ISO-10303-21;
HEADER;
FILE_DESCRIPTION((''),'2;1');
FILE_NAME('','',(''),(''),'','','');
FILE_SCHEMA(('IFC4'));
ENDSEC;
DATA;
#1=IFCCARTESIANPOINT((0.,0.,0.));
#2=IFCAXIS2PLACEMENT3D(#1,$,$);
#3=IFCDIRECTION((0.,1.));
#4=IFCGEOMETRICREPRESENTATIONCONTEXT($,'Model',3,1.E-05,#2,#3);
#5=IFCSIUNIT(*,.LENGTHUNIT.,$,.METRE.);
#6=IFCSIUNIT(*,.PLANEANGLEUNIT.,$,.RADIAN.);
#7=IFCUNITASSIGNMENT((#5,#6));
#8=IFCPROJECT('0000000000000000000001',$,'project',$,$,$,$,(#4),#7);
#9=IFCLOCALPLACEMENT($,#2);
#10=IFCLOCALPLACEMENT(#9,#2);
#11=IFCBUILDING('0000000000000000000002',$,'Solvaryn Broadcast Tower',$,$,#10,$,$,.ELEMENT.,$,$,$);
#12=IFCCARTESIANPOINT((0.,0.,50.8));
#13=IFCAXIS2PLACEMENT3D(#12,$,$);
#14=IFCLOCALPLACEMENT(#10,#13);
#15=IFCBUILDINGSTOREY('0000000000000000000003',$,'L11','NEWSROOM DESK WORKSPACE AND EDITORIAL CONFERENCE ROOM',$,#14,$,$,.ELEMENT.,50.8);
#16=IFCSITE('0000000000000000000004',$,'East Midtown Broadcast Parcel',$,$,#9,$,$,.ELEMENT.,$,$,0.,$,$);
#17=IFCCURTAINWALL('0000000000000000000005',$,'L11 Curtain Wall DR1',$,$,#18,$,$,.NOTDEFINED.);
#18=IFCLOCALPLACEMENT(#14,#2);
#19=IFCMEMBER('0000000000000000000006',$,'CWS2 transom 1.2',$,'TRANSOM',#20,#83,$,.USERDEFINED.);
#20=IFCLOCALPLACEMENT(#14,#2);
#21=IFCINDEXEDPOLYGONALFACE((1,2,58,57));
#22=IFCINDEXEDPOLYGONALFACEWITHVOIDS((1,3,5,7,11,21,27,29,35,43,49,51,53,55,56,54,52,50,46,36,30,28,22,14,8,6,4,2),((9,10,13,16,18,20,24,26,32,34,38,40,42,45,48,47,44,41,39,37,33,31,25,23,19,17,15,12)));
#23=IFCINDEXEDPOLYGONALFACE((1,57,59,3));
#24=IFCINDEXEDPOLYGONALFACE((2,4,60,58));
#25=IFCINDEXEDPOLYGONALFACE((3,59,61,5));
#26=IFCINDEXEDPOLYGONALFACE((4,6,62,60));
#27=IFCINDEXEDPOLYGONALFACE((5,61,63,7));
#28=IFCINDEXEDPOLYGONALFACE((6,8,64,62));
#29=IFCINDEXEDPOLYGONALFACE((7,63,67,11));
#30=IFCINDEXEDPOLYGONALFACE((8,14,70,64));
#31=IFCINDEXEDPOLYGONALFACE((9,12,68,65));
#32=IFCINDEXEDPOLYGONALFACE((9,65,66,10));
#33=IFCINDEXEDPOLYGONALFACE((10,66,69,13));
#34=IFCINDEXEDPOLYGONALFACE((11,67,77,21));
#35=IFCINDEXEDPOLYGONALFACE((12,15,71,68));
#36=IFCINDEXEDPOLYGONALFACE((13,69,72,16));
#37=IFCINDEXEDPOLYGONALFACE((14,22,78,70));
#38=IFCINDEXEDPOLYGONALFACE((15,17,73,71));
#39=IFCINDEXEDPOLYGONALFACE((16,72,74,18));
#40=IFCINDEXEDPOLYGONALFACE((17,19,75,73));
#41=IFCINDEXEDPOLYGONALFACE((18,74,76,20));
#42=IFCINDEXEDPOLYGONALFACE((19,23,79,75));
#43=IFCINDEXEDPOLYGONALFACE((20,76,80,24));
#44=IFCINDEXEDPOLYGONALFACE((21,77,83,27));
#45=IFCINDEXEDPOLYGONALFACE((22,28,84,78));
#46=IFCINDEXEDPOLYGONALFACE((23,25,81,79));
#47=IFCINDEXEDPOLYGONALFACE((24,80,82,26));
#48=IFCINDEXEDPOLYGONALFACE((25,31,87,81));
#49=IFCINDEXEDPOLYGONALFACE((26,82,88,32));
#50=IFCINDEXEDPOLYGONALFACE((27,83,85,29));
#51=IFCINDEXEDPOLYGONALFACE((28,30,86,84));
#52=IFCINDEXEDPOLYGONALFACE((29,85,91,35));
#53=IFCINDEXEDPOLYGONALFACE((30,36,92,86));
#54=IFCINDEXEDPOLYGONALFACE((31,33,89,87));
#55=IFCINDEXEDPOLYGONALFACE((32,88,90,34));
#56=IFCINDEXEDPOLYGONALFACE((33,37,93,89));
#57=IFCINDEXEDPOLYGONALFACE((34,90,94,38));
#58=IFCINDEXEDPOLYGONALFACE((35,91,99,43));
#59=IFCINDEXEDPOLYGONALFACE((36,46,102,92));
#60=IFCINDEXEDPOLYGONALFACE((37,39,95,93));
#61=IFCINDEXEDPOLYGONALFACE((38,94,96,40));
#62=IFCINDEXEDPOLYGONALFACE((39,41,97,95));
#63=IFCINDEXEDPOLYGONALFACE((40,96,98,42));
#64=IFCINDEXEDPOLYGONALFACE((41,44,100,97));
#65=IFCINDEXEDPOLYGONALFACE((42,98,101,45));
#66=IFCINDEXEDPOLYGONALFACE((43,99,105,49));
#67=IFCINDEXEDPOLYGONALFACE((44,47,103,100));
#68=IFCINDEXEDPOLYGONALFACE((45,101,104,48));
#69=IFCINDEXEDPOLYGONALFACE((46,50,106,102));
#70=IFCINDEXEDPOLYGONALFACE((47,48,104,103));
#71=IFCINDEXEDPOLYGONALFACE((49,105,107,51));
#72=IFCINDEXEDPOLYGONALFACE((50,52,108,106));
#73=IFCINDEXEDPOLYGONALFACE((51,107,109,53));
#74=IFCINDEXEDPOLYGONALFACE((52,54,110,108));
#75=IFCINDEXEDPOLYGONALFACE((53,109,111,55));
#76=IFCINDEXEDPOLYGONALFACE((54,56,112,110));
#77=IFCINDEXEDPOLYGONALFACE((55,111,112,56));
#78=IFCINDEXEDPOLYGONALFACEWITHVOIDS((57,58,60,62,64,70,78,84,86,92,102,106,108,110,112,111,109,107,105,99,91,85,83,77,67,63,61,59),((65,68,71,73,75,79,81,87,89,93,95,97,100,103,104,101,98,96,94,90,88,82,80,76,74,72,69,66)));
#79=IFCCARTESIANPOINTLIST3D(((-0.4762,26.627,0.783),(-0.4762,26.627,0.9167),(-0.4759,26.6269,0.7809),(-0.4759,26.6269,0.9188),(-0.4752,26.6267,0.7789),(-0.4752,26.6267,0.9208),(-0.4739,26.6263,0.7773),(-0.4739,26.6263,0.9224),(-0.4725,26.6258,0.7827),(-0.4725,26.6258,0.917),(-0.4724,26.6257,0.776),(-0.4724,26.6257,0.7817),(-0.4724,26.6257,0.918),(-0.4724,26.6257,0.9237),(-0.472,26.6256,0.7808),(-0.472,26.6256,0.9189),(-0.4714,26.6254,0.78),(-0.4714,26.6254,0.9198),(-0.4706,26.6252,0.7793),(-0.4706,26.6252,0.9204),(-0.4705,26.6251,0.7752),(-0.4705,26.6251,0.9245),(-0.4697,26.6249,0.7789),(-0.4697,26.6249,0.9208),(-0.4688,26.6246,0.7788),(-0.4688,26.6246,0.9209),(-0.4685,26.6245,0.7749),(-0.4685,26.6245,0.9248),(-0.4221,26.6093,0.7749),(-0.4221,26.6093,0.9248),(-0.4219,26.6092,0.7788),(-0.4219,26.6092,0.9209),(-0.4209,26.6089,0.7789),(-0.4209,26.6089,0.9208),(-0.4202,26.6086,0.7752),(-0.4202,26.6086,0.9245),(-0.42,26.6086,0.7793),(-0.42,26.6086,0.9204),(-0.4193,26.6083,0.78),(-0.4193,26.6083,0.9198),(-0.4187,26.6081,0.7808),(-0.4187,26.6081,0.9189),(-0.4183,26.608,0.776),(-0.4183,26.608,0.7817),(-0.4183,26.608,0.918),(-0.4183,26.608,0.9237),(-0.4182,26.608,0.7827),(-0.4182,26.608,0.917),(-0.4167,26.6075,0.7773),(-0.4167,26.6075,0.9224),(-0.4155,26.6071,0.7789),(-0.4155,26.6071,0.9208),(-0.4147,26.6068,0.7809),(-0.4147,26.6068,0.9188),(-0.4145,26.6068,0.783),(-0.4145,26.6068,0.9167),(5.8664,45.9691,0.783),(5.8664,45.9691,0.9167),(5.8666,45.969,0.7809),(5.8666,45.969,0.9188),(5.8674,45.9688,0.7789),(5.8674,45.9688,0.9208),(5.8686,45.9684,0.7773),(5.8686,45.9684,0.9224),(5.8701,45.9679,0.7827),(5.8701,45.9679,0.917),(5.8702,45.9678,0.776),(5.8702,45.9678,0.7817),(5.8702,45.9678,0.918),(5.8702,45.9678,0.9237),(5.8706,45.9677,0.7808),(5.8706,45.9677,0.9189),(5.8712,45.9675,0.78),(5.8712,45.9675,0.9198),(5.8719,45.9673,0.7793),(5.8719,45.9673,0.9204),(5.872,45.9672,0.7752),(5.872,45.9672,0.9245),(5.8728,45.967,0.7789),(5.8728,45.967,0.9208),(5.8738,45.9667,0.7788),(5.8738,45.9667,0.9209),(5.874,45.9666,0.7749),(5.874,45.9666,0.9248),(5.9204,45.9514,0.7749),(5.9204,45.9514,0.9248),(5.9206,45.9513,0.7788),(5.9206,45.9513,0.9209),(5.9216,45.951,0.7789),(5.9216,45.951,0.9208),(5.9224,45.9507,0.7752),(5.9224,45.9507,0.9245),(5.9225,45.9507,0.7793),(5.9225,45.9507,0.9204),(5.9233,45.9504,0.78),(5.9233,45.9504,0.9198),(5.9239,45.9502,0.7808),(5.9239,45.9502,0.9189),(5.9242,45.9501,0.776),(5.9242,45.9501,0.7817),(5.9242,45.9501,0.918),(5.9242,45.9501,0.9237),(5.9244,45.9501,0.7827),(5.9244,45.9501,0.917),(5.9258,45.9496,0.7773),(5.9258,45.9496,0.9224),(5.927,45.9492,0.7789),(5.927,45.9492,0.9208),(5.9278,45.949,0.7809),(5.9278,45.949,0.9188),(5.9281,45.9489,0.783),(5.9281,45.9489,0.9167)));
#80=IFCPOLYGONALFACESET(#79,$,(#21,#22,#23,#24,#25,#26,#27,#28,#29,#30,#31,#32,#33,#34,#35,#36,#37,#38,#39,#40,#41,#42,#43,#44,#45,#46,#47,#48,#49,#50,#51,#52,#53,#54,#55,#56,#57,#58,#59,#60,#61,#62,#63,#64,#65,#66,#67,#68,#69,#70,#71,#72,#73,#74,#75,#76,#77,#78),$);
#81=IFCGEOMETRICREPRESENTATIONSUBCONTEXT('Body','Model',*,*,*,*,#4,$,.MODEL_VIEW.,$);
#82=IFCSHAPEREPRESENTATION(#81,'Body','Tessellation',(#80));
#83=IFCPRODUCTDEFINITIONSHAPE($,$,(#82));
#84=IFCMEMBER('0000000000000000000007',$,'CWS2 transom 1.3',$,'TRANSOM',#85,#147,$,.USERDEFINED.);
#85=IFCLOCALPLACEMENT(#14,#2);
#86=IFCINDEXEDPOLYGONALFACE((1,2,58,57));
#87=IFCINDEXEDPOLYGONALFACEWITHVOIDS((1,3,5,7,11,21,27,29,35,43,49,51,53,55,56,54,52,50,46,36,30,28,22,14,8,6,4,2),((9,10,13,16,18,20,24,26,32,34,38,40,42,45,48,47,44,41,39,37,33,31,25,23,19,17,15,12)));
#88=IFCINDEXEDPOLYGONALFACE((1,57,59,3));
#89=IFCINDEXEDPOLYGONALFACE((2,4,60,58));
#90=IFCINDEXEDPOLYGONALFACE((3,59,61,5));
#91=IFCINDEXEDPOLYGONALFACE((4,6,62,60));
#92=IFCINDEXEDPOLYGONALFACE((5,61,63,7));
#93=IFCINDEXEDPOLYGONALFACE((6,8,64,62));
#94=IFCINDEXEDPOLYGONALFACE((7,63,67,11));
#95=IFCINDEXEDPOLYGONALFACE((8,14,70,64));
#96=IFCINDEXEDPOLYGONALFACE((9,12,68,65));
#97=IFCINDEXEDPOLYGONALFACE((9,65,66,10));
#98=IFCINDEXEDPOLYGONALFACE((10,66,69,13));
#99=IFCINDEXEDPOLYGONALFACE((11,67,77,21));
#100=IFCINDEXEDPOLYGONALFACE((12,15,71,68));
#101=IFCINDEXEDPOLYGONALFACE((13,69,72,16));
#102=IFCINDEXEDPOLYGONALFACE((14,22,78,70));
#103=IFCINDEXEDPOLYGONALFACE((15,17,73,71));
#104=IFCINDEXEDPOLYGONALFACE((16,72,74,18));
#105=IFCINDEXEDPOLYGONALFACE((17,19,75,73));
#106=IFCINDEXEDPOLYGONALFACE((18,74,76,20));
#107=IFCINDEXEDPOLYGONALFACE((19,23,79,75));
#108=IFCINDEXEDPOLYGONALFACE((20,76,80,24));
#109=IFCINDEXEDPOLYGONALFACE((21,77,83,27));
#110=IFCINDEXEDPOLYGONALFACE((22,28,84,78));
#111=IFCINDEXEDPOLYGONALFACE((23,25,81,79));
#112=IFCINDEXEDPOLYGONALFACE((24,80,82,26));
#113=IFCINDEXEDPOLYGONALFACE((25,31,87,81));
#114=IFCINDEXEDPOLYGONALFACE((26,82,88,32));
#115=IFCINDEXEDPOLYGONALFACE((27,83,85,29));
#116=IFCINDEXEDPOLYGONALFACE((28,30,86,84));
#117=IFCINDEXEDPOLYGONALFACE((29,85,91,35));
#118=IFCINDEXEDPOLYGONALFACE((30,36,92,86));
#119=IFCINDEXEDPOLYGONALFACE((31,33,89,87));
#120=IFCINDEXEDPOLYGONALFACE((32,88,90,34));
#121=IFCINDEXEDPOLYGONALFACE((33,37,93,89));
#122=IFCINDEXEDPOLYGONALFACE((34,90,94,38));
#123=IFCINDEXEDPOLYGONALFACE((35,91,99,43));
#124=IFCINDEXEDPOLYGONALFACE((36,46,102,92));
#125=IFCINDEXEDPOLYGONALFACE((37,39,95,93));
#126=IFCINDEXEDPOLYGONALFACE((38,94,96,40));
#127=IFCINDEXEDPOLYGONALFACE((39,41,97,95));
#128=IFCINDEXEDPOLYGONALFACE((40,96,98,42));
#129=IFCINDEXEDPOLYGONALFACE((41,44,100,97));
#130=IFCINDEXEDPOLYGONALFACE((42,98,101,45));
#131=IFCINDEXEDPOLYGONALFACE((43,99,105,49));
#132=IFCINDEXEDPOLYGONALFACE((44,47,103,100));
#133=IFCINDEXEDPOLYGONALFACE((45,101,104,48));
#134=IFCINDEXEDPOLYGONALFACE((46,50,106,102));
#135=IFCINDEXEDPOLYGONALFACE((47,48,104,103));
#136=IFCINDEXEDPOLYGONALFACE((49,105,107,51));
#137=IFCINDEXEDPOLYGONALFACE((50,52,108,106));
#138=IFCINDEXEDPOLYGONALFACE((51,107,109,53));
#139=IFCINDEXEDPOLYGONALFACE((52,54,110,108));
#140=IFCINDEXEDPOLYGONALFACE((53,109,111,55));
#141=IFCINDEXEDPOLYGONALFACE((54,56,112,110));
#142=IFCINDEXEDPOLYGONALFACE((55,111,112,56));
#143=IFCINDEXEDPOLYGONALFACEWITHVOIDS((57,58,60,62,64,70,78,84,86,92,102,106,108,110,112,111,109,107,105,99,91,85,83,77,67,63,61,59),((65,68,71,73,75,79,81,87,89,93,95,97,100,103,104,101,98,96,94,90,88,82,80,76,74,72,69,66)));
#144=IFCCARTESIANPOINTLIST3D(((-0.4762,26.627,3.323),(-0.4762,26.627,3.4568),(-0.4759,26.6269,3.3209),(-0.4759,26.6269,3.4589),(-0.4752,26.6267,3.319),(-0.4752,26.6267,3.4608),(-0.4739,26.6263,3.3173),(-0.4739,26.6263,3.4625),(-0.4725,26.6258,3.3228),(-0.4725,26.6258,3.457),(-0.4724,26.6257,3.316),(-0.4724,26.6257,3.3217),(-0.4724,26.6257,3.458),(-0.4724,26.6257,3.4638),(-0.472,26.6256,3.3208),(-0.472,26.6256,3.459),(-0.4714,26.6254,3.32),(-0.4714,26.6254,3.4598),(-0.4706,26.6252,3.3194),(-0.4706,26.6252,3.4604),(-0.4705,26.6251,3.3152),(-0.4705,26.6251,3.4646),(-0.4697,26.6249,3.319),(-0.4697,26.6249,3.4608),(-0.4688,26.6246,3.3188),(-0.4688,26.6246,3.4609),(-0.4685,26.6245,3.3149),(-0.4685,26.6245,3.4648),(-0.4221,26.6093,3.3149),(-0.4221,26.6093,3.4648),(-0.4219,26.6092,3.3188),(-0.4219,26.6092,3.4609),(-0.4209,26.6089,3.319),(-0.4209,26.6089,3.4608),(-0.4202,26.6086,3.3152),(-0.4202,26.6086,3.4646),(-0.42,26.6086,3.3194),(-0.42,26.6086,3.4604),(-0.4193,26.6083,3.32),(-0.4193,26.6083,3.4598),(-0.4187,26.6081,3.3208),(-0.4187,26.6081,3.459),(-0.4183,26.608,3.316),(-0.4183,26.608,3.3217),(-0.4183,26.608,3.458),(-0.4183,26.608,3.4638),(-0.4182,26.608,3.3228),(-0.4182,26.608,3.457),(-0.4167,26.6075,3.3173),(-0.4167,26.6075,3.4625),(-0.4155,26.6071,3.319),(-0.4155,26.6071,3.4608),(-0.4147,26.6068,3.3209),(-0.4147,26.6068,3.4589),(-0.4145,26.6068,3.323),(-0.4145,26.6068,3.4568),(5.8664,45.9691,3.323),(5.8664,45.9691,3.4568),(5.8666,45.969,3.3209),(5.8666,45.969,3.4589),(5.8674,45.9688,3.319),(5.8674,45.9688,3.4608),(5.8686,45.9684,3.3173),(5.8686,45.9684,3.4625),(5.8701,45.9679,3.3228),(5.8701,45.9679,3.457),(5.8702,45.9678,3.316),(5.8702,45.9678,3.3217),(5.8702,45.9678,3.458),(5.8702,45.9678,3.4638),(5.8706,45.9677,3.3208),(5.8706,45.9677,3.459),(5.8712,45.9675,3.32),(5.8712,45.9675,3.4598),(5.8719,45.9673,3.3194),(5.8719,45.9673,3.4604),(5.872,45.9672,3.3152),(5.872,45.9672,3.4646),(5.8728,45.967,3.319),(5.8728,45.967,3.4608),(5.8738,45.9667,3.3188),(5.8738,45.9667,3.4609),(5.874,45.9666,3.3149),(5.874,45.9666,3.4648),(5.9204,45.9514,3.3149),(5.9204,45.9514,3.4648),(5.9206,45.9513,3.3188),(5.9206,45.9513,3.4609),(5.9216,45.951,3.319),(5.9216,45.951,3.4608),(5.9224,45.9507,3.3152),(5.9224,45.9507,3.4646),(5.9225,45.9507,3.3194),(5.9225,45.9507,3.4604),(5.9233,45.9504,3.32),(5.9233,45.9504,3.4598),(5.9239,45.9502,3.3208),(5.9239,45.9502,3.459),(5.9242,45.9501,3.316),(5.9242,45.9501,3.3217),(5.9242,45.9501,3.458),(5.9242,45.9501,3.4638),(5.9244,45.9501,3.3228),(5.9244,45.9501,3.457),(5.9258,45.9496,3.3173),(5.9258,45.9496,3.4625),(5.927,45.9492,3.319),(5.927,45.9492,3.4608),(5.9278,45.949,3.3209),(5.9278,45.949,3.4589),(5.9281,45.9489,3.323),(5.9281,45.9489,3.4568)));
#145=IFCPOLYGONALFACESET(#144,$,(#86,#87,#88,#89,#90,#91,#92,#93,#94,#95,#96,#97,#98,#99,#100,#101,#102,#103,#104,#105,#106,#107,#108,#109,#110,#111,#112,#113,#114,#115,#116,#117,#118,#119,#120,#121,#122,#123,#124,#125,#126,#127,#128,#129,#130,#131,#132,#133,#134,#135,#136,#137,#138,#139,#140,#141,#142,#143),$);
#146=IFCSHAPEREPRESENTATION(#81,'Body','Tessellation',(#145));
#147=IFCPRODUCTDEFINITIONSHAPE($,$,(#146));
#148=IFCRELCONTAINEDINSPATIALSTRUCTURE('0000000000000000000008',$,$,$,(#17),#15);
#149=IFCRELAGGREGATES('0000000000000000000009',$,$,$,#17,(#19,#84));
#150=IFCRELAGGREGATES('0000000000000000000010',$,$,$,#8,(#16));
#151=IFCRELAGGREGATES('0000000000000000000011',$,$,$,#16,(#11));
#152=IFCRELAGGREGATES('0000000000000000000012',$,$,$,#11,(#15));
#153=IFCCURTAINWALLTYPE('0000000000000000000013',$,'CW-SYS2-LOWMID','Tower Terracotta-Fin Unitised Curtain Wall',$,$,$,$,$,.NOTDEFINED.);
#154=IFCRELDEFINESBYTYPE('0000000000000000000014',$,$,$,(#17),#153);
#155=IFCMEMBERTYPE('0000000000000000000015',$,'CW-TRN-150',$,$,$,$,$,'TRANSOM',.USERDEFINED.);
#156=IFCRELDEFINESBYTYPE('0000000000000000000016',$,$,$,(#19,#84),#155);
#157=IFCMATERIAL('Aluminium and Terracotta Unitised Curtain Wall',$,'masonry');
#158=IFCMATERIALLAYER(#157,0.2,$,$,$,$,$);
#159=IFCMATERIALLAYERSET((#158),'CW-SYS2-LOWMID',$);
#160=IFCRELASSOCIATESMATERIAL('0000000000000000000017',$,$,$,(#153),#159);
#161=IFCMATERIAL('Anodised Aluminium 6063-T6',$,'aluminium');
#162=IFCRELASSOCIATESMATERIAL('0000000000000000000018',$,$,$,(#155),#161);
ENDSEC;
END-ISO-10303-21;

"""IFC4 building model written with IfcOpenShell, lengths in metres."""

from ifc_helpers import new_model, si_unit, direction, frame, origin, origin_2d, place, context, subcontext, project, spatial, hollow_rectangle, extrude, material, layer, layer_set, material_profile, profile_set, type_object, element, aggregate, save


model = new_model("IFC4")

# Units and contexts
model_context = context("Model", 3, precision=1e-05, world=origin(), true_north=direction((0.0, 1.0)))
body_context = subcontext(model_context, "Body", "Model", "MODEL_VIEW")
ifc_project = project(units=[si_unit("LENGTHUNIT", "METRE"), si_unit("PLANEANGLEUNIT", "RADIAN")], contexts=[model_context])

# Site, building, storey
site_placement = place(None, origin())
site = spatial("IfcSite", under=ifc_project, at=site_placement, Name="East Midtown Broadcast Parcel", CompositionType="ELEMENT", RefElevation=0.0)
building_placement = place(site_placement, origin())
building = spatial("IfcBuilding", under=site, at=building_placement, Name="Solvaryn Broadcast Tower", CompositionType="ELEMENT")
storey_placement = place(building_placement, frame((0.0, 0.0, 50.8)))
storey = spatial("IfcBuildingStorey", under=building, at=storey_placement, Name="L11", Description="NEWSROOM DESK WORKSPACE AND EDITORIAL CONFERENCE ROOM", CompositionType="ELEMENT", Elevation=50.8)

# Curtain wall
ifc_material_1 = material(Name="Aluminium and Terracotta Unitised Curtain Wall", Category="masonry")
ifc_layer_1 = layer(ifc_material_1, 0.2)
ifc_layer_set_1 = layer_set([ifc_layer_1], Name="CW-SYS2-LOWMID")
curtain_wall_type = type_object("IfcCurtainWallType", Name="CW-SYS2-LOWMID", Description="Tower Terracotta-Fin Unitised Curtain Wall", PredefinedType="NOTDEFINED", material=ifc_layer_set_1)
curtain_wall_1_placement = place(storey_placement, origin())
curtain_wall_1 = element("IfcCurtainWall", 1, at=curtain_wall_1_placement, inside=storey, type_object=curtain_wall_type, Name="L11 Curtain Wall DR1", PredefinedType="NOTDEFINED")

# Members
ifc_material_2 = material(Name="Anodised Aluminium 6063-T6", Category="aluminium")
ifc_material_profile_1 = material_profile(ifc_material_2, hollow_rectangle(XDim=0.0649, YDim=0.1499, WallThickness=0.0039, InnerFilletRadius=0.0039, OuterFilletRadius=0.0081, at=origin_2d()))
ifc_profile_set_1 = profile_set([ifc_material_profile_1], Name="Anodised Aluminium 6063-T6")
member_type_1 = type_object("IfcMemberType", Name="CW-TRN-150", ElementType="TRANSOM", PredefinedType="USERDEFINED", material=ifc_profile_set_1)
member_1_placement = place(storey_placement, frame((5.8972, 45.959, 0.8499), z_axis=(-0.31159, -0.950217, 0.0), x_axis=(0.950217, -0.31159, 0.0)))
member_1 = element("IfcMember", 2, at=member_1_placement, type_object=member_type_1, Name="CWS2 transom 1.2", ObjectType="TRANSOM", PredefinedType="USERDEFINED", context=body_context, shape_type="SweptSolid", body=[
    extrude(hollow_rectangle(XDim=0.0649, YDim=0.1499, WallThickness=0.0039, InnerFilletRadius=0.0039, OuterFilletRadius=0.0081, at=origin_2d()), origin(), (0.0, 0.0, 1.0), 20.3555),
])
member_2_placement = place(storey_placement, frame((5.8972, 45.959, 3.3899), z_axis=(-0.31159, -0.950217, 0.0), x_axis=(0.950217, -0.31159, 0.0)))
member_2 = element("IfcMember", 3, at=member_2_placement, type_object=member_type_1, Name="CWS2 transom 1.3", ObjectType="TRANSOM", PredefinedType="USERDEFINED", context=body_context, shape_type="SweptSolid", body=[
    extrude(hollow_rectangle(XDim=0.0649, YDim=0.1499, WallThickness=0.0039, InnerFilletRadius=0.0039, OuterFilletRadius=0.0081, at=origin_2d()), origin(), (0.0, 0.0, 1.0), 20.3555),
])
aggregate(curtain_wall_1, [member_1, member_2])

save(model, "model.ifc")
